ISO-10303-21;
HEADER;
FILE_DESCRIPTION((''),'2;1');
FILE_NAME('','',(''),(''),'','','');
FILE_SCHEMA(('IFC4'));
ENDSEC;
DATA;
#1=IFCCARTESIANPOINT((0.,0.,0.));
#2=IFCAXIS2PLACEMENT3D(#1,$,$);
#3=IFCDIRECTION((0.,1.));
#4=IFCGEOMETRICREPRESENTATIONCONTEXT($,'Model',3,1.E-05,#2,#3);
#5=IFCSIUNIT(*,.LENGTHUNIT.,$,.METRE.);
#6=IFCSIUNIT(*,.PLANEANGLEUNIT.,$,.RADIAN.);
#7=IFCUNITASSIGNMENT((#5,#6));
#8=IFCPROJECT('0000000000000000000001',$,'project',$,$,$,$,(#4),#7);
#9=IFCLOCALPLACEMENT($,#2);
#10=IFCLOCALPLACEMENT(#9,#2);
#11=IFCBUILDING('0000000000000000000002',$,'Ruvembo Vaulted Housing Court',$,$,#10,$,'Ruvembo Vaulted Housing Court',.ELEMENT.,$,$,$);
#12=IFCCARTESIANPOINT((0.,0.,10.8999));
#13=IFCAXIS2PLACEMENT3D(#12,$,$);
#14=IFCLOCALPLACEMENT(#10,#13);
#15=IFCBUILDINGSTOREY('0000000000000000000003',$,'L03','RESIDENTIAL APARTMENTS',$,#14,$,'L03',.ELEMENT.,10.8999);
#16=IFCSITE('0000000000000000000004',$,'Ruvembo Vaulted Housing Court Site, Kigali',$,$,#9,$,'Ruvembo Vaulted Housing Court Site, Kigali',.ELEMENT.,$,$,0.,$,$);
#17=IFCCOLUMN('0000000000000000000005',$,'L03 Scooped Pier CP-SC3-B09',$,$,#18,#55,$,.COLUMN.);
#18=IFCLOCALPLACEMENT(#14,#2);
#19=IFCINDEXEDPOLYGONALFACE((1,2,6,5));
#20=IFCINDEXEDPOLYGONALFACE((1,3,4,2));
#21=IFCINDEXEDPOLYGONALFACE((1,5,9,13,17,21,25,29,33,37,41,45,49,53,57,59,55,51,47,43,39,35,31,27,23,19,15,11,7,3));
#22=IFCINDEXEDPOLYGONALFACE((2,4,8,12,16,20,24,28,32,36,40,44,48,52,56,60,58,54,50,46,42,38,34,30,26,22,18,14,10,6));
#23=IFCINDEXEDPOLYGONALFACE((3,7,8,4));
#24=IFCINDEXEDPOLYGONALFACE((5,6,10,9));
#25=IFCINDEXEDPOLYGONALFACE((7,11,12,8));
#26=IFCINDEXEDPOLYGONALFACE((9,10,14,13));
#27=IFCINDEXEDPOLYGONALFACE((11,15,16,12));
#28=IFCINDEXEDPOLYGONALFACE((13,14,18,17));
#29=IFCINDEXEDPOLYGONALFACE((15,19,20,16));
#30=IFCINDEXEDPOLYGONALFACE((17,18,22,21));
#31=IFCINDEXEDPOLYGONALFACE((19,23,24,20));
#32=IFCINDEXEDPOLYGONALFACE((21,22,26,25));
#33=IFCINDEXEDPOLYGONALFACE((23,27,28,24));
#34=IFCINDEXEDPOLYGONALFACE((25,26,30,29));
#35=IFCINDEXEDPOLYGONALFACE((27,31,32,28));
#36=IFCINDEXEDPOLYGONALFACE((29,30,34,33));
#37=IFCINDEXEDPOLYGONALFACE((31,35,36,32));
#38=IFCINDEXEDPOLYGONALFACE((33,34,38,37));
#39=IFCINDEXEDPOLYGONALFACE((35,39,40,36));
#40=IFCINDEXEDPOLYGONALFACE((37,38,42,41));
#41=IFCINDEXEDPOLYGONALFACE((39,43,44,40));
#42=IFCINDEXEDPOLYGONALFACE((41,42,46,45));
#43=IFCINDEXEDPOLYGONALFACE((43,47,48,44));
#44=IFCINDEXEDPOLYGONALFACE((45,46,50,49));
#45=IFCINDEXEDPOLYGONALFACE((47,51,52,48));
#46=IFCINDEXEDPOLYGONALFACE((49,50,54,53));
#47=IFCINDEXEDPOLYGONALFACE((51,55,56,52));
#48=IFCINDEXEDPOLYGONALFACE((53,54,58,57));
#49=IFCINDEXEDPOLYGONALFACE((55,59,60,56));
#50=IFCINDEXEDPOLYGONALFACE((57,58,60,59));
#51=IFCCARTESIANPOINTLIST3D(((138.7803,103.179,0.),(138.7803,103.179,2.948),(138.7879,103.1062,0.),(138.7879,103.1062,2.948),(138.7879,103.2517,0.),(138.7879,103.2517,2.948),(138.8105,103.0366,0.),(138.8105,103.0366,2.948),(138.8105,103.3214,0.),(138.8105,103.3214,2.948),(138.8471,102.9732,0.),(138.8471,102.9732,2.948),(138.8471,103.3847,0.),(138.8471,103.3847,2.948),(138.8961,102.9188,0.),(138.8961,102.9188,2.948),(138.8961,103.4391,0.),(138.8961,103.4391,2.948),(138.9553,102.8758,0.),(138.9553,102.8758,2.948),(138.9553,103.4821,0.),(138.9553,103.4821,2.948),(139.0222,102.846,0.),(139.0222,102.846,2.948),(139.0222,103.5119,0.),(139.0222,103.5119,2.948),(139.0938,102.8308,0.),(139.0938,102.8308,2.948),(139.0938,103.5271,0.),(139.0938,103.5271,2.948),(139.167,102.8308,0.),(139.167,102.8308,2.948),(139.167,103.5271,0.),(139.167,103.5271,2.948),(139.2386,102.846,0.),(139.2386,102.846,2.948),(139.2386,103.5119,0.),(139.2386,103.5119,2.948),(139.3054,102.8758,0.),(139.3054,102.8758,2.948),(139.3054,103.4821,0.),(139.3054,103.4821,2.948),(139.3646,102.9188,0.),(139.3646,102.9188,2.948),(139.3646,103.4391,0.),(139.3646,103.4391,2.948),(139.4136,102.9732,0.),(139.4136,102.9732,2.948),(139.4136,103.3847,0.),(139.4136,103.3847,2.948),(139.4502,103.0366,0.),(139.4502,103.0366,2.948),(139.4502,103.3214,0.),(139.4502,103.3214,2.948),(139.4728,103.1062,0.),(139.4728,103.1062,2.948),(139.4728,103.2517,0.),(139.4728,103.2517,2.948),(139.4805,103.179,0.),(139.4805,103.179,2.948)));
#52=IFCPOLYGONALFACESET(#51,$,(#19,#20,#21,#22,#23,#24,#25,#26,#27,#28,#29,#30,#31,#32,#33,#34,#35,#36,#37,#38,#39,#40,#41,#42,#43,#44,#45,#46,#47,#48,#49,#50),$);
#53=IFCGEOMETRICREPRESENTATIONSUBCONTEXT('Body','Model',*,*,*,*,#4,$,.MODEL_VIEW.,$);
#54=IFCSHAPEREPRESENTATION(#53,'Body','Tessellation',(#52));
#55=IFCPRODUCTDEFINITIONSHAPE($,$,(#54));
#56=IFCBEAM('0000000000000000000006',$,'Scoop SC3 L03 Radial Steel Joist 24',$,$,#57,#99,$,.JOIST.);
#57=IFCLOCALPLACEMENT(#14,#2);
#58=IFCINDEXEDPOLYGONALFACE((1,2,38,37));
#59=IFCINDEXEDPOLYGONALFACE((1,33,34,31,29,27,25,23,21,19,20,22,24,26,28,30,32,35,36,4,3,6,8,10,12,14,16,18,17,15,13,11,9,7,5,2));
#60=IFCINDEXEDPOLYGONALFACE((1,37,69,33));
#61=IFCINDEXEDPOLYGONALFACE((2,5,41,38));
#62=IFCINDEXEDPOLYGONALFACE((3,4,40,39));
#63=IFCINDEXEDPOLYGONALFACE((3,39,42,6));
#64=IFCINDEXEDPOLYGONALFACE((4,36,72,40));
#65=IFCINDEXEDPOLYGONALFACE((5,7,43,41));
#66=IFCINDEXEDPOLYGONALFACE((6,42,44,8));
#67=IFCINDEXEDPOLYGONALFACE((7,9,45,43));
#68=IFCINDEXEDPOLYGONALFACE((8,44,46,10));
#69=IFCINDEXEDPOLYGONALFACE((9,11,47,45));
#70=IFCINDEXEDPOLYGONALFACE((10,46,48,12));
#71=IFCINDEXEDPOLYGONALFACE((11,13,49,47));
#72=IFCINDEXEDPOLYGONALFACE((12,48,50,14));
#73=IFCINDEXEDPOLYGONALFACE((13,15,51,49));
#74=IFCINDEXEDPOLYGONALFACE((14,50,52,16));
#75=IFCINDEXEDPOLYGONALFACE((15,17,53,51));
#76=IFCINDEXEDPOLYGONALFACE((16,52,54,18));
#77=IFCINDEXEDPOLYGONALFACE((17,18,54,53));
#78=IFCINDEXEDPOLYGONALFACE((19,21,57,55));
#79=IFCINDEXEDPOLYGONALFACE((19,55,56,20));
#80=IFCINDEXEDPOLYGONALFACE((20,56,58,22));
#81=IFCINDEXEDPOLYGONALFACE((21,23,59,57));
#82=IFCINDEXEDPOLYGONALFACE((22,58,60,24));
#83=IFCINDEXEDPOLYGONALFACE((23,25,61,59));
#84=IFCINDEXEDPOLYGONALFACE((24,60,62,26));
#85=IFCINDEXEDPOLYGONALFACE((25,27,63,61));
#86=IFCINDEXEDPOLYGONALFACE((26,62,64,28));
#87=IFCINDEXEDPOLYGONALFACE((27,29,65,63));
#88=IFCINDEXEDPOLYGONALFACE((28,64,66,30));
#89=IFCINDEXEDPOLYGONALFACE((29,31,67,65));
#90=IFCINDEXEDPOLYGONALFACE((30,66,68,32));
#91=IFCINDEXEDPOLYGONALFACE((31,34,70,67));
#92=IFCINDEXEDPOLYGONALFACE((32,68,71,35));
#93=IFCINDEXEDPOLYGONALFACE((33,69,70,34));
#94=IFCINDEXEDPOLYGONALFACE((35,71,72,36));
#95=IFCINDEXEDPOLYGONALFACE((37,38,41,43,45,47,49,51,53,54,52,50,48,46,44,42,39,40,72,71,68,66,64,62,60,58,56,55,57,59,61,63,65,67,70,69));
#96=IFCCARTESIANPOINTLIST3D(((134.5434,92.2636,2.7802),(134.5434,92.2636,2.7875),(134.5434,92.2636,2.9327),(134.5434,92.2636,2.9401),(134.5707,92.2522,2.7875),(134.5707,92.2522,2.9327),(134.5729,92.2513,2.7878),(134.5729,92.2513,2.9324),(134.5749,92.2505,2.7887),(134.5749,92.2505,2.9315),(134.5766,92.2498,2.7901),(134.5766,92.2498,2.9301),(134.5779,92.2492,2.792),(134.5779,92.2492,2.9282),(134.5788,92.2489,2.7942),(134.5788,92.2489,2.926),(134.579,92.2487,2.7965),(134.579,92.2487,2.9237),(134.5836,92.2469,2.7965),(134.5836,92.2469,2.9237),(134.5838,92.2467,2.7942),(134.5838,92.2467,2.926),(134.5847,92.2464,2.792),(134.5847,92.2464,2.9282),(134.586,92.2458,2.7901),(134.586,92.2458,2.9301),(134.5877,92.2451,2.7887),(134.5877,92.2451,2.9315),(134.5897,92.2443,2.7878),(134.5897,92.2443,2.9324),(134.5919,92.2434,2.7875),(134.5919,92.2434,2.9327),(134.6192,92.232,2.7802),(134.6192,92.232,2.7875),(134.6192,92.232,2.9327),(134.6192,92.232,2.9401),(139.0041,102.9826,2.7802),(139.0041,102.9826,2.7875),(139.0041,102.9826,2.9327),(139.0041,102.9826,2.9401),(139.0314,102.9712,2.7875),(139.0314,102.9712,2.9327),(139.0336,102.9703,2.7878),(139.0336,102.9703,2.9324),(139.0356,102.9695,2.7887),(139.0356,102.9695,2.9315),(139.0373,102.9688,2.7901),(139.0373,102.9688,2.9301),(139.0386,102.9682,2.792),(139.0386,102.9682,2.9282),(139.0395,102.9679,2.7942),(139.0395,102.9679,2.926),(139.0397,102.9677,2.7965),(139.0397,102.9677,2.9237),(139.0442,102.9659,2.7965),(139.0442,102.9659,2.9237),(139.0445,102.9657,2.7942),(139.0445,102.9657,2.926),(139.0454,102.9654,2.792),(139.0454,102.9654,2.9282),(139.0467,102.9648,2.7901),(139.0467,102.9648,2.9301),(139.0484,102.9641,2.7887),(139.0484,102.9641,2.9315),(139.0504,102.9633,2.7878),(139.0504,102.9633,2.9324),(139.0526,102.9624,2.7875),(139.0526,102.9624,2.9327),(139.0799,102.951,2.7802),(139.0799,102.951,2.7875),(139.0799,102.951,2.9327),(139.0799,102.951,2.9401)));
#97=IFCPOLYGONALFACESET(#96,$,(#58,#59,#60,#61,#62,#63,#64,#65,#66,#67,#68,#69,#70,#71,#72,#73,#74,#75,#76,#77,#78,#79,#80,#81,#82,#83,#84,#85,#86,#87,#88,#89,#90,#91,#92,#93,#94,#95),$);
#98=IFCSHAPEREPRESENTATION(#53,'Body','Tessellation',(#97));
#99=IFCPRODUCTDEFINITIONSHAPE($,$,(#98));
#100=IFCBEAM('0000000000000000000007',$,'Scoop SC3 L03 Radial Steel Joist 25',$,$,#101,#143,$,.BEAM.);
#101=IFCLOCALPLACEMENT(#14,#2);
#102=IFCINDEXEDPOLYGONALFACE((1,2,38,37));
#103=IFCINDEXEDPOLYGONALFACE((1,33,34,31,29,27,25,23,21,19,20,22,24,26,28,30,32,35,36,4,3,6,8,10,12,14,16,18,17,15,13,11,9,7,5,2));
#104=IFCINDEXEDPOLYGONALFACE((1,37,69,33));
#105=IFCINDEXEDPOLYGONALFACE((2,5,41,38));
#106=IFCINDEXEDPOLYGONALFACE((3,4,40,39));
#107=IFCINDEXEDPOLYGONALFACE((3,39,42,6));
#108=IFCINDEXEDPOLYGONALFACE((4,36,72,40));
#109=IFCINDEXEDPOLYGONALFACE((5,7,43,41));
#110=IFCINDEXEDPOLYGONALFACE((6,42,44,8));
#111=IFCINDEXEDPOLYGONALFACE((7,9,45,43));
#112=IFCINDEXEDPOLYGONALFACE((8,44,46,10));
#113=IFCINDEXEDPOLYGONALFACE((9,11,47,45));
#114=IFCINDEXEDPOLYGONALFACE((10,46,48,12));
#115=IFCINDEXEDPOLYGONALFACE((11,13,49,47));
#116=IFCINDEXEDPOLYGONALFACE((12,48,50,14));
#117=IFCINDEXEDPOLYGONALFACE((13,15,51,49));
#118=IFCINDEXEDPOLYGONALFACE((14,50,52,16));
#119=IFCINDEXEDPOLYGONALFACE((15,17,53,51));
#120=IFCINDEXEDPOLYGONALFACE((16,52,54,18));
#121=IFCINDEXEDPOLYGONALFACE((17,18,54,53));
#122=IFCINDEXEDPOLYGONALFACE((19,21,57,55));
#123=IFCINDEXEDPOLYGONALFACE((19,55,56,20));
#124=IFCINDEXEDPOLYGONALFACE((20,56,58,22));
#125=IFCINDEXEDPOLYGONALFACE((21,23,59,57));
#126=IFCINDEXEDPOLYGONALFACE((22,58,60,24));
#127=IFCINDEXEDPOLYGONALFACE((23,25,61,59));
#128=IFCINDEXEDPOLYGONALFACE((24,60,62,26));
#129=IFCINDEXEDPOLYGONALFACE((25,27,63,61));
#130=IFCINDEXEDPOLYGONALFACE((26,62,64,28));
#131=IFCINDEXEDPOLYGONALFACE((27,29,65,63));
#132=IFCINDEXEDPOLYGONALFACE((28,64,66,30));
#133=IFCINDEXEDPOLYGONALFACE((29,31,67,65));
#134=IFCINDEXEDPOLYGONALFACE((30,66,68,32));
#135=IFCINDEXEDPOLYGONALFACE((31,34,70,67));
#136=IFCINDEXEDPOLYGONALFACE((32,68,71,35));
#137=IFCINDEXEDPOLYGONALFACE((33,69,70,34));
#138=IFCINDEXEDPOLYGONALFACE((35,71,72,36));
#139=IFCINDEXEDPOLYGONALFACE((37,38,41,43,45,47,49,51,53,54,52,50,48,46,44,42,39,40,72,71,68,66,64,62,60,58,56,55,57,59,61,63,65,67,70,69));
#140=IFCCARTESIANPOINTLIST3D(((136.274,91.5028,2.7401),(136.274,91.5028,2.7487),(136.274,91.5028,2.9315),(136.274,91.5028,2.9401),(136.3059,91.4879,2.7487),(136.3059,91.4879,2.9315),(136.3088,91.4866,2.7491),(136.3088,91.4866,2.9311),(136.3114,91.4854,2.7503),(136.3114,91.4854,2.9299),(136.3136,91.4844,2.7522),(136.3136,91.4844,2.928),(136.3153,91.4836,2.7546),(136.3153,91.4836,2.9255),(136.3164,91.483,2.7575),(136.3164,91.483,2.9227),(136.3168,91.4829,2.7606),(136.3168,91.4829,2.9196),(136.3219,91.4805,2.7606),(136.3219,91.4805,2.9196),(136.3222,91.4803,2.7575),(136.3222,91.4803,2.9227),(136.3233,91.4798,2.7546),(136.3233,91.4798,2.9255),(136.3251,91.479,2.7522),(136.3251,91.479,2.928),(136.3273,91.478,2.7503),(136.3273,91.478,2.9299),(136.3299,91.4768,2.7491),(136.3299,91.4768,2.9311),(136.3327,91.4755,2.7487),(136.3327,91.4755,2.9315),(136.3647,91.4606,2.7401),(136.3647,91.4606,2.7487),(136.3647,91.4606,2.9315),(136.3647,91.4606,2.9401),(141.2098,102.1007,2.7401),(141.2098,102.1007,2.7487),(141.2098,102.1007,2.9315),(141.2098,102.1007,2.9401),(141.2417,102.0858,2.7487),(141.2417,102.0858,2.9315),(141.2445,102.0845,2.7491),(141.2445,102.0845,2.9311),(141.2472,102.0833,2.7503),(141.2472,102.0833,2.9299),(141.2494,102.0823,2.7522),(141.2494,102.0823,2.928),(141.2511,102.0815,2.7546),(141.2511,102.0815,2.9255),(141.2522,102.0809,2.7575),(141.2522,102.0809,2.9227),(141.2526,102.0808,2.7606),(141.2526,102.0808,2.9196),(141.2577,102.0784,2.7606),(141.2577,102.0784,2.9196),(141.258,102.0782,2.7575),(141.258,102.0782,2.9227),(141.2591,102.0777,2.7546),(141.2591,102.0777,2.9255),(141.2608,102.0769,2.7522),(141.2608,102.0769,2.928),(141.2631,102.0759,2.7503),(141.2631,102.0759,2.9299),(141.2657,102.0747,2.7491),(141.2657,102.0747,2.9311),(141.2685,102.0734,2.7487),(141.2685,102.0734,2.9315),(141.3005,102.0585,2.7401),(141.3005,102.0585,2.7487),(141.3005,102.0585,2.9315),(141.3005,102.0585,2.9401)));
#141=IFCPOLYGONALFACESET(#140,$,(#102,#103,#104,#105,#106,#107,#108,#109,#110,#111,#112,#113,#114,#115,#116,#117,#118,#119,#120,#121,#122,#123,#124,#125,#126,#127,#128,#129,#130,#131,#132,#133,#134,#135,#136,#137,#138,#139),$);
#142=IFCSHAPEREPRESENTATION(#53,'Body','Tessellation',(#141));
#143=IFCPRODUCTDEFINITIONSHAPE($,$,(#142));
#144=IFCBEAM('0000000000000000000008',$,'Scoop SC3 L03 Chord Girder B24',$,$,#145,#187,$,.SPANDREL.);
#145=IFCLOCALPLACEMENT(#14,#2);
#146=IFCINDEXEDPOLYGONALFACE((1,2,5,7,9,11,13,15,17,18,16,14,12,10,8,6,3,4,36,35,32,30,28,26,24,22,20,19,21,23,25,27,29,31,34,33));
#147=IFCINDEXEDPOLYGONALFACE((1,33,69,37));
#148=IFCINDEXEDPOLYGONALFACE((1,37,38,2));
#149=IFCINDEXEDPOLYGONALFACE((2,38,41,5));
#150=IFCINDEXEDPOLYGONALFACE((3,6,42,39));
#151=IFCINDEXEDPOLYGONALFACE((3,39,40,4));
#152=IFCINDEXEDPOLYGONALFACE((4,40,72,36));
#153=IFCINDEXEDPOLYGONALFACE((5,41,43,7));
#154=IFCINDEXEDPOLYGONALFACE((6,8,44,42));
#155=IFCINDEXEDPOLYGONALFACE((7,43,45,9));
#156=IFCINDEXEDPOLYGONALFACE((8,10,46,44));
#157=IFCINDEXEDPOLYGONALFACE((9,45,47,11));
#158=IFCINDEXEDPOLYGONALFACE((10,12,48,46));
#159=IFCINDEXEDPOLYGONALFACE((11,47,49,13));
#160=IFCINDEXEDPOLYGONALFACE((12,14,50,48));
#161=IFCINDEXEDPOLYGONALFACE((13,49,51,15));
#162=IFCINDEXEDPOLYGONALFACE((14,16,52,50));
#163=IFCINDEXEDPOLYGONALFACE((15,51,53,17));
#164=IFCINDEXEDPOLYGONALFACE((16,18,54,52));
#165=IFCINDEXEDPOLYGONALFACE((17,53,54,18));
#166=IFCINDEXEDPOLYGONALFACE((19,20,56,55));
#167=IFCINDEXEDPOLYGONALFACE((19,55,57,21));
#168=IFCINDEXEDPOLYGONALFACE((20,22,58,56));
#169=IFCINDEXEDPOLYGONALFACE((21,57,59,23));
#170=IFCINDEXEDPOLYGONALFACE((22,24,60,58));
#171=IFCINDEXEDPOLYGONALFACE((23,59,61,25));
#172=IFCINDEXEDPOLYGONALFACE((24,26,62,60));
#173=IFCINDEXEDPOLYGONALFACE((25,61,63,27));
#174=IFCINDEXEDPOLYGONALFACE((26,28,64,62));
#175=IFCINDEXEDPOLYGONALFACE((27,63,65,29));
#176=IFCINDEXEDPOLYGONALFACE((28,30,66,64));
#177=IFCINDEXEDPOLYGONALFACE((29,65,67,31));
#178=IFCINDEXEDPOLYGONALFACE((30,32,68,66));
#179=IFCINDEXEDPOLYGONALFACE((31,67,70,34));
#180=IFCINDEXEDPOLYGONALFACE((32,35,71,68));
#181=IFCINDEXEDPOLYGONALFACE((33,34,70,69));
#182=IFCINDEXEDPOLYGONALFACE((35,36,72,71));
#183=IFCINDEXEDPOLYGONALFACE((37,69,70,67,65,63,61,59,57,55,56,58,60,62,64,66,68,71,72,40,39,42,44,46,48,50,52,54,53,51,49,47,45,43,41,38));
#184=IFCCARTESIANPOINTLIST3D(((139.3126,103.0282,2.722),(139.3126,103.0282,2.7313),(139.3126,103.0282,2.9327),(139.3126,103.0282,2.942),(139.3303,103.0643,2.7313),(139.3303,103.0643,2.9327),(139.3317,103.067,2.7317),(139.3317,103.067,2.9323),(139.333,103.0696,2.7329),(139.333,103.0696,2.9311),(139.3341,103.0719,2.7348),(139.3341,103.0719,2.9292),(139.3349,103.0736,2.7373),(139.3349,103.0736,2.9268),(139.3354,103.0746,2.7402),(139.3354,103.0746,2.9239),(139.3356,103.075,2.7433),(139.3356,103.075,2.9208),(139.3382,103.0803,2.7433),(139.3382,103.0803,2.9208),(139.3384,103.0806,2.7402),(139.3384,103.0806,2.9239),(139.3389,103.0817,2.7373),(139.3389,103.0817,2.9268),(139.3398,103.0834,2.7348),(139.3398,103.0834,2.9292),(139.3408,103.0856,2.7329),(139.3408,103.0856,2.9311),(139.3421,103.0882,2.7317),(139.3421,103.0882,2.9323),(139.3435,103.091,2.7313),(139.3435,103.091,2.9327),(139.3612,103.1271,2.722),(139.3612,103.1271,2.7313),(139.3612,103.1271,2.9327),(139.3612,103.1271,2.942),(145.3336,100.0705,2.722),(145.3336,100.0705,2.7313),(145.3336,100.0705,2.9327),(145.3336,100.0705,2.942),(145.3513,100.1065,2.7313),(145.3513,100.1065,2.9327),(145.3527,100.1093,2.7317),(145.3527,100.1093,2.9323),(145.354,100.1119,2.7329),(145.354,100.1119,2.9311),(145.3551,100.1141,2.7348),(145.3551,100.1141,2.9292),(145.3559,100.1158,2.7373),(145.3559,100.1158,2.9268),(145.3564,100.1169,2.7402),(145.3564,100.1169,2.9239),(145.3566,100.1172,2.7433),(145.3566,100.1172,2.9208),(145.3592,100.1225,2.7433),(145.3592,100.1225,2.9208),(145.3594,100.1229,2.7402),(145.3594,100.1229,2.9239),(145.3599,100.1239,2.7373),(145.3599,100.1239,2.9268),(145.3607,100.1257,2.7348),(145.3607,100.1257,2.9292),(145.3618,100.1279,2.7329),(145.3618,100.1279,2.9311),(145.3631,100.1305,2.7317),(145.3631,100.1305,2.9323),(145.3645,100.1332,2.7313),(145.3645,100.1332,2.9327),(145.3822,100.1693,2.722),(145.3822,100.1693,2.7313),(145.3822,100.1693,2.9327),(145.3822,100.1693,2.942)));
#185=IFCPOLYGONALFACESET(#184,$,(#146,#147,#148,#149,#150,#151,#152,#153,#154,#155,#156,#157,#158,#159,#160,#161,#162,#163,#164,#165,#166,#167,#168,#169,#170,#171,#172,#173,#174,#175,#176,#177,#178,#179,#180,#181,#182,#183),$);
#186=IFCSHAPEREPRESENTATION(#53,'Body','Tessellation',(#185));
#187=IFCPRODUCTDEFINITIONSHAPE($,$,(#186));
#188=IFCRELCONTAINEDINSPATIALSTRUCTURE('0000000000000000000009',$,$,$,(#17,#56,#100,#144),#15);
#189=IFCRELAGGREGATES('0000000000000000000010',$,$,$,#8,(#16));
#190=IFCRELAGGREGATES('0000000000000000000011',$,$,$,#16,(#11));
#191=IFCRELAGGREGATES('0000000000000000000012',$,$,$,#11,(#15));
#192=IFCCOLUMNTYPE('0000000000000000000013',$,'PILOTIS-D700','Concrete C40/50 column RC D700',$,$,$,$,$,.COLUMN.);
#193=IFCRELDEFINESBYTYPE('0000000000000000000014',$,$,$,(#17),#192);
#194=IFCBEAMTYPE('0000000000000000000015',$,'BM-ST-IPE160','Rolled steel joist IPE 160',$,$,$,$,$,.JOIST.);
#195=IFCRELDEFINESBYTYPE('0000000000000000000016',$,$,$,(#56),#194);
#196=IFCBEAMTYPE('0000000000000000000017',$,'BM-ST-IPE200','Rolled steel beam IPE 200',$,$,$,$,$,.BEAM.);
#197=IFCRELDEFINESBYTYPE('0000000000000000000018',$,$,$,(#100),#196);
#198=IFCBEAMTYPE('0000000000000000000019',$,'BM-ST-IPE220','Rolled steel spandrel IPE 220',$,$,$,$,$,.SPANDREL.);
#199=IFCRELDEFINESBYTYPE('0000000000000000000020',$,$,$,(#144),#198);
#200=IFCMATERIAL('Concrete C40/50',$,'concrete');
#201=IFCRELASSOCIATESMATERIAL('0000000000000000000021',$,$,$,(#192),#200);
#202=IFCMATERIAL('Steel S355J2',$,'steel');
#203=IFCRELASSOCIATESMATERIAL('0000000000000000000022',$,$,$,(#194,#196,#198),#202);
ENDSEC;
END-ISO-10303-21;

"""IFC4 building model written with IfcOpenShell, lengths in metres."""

from ifc_helpers import new_model, si_unit, direction, frame, origin, origin_2d, place, context, subcontext, project, spatial, circle, i_section, extrude, material, material_profile, profile_set, type_object, element, save


model = new_model("IFC4")

# Units and contexts
model_context = context("Model", 3, precision=1e-05, world=origin(), true_north=direction((0.0, 1.0)))
body_context = subcontext(model_context, "Body", "Model", "MODEL_VIEW")
ifc_project = project(units=[si_unit("LENGTHUNIT", "METRE"), si_unit("PLANEANGLEUNIT", "RADIAN")], contexts=[model_context])

# Site, building, storey
site_placement = place(None, origin())
site = spatial("IfcSite", under=ifc_project, at=site_placement, Name="Ruvembo Vaulted Housing Court Site, Kigali", LongName="Ruvembo Vaulted Housing Court Site, Kigali", CompositionType="ELEMENT", RefElevation=0.0)
building_placement = place(site_placement, origin())
building = spatial("IfcBuilding", under=site, at=building_placement, Name="Ruvembo Vaulted Housing Court", LongName="Ruvembo Vaulted Housing Court", CompositionType="ELEMENT")
storey_placement = place(building_placement, frame((0.0, 0.0, 10.8999)))
storey = spatial("IfcBuildingStorey", under=building, at=storey_placement, Name="L03", Description="RESIDENTIAL APARTMENTS", LongName="L03", CompositionType="ELEMENT", Elevation=10.8999)

# Column
ifc_material_1 = material(Name="Concrete C40/50", Category="concrete")
ifc_material_profile_1 = material_profile(ifc_material_1, circle(Radius=0.3501, at=origin_2d()), Name="RC D700")
ifc_profile_set_1 = profile_set([ifc_material_profile_1], Name="Concrete C40/50")
column_type = type_object("IfcColumnType", Name="PILOTIS-D700", Description="Concrete C40/50 column RC D700", PredefinedType="COLUMN", material=ifc_profile_set_1)
column_placement = place(storey_placement, frame((139.1304, 103.179, 0.0), z_axis=(0.0, 0.0, 1.0), x_axis=(1.0, 0.0, 0.0)))
element("IfcColumn", 1, at=column_placement, inside=storey, type_object=column_type, Name="L03 Scooped Pier CP-SC3-B09", PredefinedType="COLUMN", context=body_context, shape_type="SweptSolid", body=[
    extrude(circle(Radius=0.3501, at=origin_2d()), origin(), (0.0, 0.0, 1.0), 2.948),
])

# Beams
ifc_material_2 = material(Name="Steel S355J2", Category="steel")
ifc_material_profile_2 = material_profile(ifc_material_2, i_section(OverallWidth=0.082, OverallDepth=0.1599, WebThickness=0.0049, FlangeThickness=0.0073, FilletRadius=0.009, at=origin_2d()), Name="IPE 160")
ifc_profile_set_2 = profile_set([ifc_material_profile_2], Name="Steel S355J2")
beam_type_1 = type_object("IfcBeamType", Name="BM-ST-IPE160", Description="Rolled steel joist IPE 160", PredefinedType="JOIST", material=ifc_profile_set_2)
beam_1_placement = place(storey_placement, frame((139.042, 102.9668, 2.8601), z_axis=(-0.384208, -0.923247, 0.0), x_axis=(0.923247, -0.384208, 0.0)))
element("IfcBeam", 2, at=beam_1_placement, inside=storey, type_object=beam_type_1, Name="Scoop SC3 L03 Radial Steel Joist 24", PredefinedType="JOIST", context=body_context, shape_type="SweptSolid", body=[
    extrude(i_section(OverallWidth=0.082, OverallDepth=0.1599, WebThickness=0.0049, FlangeThickness=0.0073, FilletRadius=0.009, at=origin_2d()), origin(), (0.0, 0.0, 1.0), 11.6101),
])
ifc_material_profile_3 = material_profile(ifc_material_2, i_section(OverallWidth=0.1001, OverallDepth=0.2, WebThickness=0.0056, FlangeThickness=0.0085, FilletRadius=0.012, at=origin_2d()), Name="IPE 200")
ifc_profile_set_3 = profile_set([ifc_material_profile_3], Name="Steel S355J2")
beam_type_2 = type_object("IfcBeamType", Name="BM-ST-IPE200", Description="Rolled steel beam IPE 200", PredefinedType="BEAM", material=ifc_profile_set_3)
beam_2_placement = place(storey_placement, frame((141.2551, 102.0796, 2.8401), z_axis=(-0.42219, -0.906507, 0.0), x_axis=(0.906507, -0.42219, 0.0)))
element("IfcBeam", 3, at=beam_2_placement, inside=storey, type_object=beam_type_2, Name="Scoop SC3 L03 Radial Steel Joist 25", PredefinedType="BEAM", context=body_context, shape_type="SweptSolid", body=[
    extrude(i_section(OverallWidth=0.1001, OverallDepth=0.2, WebThickness=0.0056, FlangeThickness=0.0085, FilletRadius=0.012, at=origin_2d()), origin(), (0.0, 0.0, 1.0), 11.6909),
])
ifc_material_profile_4 = material_profile(ifc_material_2, i_section(OverallWidth=0.1101, OverallDepth=0.22, WebThickness=0.0059, FlangeThickness=0.0093, FilletRadius=0.012, at=origin_2d()), Name="IPE 220")
ifc_profile_set_4 = profile_set([ifc_material_profile_4], Name="Steel S355J2")
beam_type_3 = type_object("IfcBeamType", Name="BM-ST-IPE220", Description="Rolled steel spandrel IPE 220", PredefinedType="SPANDREL", material=ifc_profile_set_4)
beam_3_placement = place(storey_placement, frame((139.3369, 103.0776, 2.832), z_axis=(0.89755, -0.440914, 0.0), x_axis=(0.440914, 0.89755, 0.0)))
element("IfcBeam", 4, at=beam_3_placement, inside=storey, type_object=beam_type_3, Name="Scoop SC3 L03 Chord Girder B24", PredefinedType="SPANDREL", context=body_context, shape_type="SweptSolid", body=[
    extrude(i_section(OverallWidth=0.1101, OverallDepth=0.22, WebThickness=0.0059, FlangeThickness=0.0093, FilletRadius=0.012, at=origin_2d()), origin(), (0.0, 0.0, 1.0), 6.7083),
])

save(model, "model.ifc")
